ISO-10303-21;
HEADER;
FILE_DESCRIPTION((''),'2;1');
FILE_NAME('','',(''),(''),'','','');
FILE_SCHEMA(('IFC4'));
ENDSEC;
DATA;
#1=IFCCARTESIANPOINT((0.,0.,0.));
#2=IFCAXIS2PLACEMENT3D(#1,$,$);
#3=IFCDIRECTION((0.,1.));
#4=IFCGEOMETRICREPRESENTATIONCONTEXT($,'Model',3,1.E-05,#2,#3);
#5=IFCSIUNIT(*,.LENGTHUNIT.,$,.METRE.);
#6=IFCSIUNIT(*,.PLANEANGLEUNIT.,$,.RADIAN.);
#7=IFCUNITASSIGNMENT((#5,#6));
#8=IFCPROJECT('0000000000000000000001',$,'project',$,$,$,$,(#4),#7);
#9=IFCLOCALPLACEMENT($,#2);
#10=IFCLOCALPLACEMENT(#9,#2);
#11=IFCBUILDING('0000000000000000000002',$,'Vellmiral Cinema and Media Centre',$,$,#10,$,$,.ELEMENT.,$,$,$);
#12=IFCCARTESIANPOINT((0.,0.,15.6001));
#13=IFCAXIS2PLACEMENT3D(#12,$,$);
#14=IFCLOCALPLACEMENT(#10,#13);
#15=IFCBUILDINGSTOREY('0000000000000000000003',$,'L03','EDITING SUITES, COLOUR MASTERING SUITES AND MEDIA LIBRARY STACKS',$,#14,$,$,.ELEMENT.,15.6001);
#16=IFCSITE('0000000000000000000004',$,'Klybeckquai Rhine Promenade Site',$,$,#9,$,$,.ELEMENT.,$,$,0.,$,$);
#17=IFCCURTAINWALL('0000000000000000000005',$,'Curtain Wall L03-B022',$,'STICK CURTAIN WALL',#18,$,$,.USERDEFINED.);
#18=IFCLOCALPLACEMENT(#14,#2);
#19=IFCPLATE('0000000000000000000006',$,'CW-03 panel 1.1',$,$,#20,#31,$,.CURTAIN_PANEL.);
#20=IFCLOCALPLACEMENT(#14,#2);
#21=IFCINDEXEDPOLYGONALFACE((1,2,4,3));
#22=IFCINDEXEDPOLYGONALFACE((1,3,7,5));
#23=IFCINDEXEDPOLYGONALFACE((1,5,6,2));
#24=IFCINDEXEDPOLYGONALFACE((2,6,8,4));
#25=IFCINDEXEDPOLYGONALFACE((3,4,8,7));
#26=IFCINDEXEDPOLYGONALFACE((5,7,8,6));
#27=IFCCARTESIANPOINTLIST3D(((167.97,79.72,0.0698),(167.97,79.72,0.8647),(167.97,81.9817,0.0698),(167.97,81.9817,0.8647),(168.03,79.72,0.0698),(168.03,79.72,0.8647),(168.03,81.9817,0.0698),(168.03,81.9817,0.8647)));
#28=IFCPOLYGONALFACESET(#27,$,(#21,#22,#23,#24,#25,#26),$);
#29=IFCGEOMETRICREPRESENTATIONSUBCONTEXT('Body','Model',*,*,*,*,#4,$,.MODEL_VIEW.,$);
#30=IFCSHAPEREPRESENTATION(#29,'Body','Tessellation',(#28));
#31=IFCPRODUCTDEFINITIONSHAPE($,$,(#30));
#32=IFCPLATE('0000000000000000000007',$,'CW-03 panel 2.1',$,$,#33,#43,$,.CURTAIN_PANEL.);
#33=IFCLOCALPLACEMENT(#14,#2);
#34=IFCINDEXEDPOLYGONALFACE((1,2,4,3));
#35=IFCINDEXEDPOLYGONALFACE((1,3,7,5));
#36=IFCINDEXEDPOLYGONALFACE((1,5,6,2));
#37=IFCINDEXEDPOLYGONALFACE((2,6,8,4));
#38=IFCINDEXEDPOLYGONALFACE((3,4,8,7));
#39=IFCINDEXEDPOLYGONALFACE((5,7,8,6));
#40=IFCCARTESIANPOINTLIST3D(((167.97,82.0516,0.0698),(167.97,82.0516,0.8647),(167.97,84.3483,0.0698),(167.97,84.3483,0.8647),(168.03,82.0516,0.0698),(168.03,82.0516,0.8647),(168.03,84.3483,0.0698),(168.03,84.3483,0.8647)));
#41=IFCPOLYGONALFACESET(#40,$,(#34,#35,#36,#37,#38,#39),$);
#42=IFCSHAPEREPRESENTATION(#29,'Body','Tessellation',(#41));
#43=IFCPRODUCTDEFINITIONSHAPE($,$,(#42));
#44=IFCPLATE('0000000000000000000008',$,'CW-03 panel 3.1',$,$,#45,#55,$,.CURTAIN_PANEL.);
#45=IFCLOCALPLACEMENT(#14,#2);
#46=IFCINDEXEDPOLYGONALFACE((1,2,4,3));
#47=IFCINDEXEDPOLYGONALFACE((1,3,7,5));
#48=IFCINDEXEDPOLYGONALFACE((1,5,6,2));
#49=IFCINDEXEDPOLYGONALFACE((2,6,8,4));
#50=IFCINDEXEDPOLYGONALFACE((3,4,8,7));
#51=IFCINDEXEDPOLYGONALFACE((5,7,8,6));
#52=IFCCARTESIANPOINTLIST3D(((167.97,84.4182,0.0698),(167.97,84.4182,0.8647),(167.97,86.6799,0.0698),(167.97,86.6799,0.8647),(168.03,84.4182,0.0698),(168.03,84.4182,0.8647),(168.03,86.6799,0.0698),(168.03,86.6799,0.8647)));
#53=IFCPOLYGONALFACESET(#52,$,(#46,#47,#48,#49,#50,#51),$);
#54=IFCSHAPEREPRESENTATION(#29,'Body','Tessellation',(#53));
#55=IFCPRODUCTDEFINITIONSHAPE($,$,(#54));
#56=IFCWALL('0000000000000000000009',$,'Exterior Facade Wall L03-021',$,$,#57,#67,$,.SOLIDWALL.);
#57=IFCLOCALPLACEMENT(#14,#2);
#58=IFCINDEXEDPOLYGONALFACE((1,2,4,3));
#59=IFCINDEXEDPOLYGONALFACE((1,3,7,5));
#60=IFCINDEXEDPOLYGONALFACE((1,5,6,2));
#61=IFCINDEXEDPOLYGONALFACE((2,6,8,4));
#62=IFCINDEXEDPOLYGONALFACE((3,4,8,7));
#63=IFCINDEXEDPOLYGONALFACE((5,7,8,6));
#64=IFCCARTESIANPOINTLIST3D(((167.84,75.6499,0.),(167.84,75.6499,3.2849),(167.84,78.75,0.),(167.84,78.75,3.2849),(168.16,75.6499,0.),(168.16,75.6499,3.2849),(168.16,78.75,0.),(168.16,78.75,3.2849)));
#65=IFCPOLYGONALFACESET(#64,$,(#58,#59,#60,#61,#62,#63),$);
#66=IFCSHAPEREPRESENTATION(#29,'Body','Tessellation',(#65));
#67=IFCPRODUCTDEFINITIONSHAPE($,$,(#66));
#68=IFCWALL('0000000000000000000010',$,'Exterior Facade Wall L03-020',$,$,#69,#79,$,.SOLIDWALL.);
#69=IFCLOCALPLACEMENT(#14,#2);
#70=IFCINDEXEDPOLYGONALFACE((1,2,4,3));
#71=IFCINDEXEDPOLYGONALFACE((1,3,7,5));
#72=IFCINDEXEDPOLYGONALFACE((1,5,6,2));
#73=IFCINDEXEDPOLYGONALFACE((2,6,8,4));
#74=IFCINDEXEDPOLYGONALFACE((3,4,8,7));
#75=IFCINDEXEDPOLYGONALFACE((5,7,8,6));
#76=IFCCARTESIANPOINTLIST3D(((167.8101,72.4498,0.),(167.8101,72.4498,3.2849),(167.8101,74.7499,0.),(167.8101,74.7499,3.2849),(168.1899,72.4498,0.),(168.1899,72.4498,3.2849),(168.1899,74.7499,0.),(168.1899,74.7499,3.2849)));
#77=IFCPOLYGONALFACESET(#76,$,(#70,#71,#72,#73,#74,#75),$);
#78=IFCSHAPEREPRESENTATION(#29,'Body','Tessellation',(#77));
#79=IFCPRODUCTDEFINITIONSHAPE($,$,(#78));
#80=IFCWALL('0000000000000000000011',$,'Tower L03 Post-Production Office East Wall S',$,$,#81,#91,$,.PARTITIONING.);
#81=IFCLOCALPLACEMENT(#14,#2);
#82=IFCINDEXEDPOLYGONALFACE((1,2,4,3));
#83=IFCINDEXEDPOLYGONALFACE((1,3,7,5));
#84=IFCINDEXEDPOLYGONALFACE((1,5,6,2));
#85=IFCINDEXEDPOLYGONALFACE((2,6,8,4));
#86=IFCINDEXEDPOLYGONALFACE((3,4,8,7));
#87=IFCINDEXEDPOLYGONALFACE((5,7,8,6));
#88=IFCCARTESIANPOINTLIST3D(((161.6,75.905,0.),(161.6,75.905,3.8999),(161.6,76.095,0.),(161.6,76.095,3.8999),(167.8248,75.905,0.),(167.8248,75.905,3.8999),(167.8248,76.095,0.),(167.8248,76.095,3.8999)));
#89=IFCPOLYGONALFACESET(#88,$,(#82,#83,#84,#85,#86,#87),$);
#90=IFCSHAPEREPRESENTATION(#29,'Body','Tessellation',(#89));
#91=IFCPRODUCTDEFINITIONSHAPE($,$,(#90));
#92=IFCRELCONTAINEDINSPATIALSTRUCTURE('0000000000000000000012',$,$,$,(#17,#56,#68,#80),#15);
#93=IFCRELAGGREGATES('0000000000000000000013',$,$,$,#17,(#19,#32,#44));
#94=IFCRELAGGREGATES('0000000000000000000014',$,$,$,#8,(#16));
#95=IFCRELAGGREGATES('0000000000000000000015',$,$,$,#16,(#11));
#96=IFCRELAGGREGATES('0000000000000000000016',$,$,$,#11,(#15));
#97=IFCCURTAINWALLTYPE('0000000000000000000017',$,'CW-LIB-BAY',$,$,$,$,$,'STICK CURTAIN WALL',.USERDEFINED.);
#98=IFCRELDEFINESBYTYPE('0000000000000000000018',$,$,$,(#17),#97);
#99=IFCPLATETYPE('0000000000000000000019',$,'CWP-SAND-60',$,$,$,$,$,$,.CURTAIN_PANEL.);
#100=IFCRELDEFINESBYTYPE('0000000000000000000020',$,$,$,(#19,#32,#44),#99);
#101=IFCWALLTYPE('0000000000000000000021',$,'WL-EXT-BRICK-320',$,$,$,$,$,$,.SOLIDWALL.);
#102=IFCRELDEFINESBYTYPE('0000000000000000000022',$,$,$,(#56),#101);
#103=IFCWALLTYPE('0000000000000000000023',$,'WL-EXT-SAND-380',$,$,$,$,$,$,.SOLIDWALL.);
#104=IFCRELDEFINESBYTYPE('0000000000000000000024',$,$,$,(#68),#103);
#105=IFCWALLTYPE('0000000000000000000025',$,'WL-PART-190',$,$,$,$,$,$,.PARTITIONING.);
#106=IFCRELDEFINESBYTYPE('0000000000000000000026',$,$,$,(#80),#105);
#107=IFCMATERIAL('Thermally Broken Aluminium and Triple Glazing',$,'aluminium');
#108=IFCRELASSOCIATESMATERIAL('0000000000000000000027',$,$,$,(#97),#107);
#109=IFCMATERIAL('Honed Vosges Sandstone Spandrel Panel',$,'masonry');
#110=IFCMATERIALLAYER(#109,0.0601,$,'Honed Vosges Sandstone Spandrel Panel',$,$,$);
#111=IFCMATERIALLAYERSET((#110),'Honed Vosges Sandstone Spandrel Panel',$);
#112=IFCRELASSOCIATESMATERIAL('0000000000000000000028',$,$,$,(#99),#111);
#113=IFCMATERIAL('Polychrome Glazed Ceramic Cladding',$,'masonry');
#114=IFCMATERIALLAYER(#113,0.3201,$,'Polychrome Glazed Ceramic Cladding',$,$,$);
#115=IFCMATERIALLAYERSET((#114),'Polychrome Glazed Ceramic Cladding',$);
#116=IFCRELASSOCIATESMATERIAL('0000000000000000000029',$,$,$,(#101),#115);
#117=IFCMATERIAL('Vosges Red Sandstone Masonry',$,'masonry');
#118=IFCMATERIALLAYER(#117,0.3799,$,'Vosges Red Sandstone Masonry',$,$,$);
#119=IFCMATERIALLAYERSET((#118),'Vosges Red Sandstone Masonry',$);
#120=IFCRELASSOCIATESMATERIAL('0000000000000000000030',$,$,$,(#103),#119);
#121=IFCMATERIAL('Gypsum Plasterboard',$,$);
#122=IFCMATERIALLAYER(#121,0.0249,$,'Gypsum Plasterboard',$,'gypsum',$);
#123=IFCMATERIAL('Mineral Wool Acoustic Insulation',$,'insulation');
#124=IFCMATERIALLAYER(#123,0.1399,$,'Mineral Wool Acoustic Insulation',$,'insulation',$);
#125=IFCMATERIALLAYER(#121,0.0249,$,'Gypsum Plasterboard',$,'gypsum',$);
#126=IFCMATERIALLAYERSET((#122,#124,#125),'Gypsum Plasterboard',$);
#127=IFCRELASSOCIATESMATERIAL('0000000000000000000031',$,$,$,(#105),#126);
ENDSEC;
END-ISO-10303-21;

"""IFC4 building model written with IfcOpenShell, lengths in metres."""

from ifc_helpers import new_model, si_unit, direction, frame, frame_2d, origin, origin_2d, place, context, subcontext, project, spatial, rectangle, extrude, material, layer, layer_set, type_object, element, aggregate, save


model = new_model("IFC4")

# Units and contexts
model_context = context("Model", 3, precision=1e-05, world=origin(), true_north=direction((0.0, 1.0)))
body_context = subcontext(model_context, "Body", "Model", "MODEL_VIEW")
ifc_project = project(units=[si_unit("LENGTHUNIT", "METRE"), si_unit("PLANEANGLEUNIT", "RADIAN")], contexts=[model_context])

# Site, building, storey
site_placement = place(None, origin())
site = spatial("IfcSite", under=ifc_project, at=site_placement, Name="Klybeckquai Rhine Promenade Site", CompositionType="ELEMENT", RefElevation=0.0)
building_placement = place(site_placement, origin())
building = spatial("IfcBuilding", under=site, at=building_placement, Name="Vellmiral Cinema and Media Centre", CompositionType="ELEMENT")
storey_placement = place(building_placement, frame((0.0, 0.0, 15.6001)))
storey = spatial("IfcBuildingStorey", under=building, at=storey_placement, Name="L03", Description="EDITING SUITES, COLOUR MASTERING SUITES AND MEDIA LIBRARY STACKS", CompositionType="ELEMENT", Elevation=15.6001)

# Curtain wall
ifc_material_1 = material(Name="Thermally Broken Aluminium and Triple Glazing", Category="aluminium")
curtain_wall_type = type_object("IfcCurtainWallType", Name="CW-LIB-BAY", ElementType="STICK CURTAIN WALL", PredefinedType="USERDEFINED", material=ifc_material_1)
curtain_wall_placement = place(storey_placement, origin())
curtain_wall = element("IfcCurtainWall", 1, at=curtain_wall_placement, inside=storey, type_object=curtain_wall_type, Name="Curtain Wall L03-B022", ObjectType="STICK CURTAIN WALL", PredefinedType="USERDEFINED")

# Plates
ifc_material_2 = material(Name="Honed Vosges Sandstone Spandrel Panel", Category="masonry")
ifc_layer_1 = layer(ifc_material_2, 0.0601, Name="Honed Vosges Sandstone Spandrel Panel")
ifc_layer_set_1 = layer_set([ifc_layer_1], Name="Honed Vosges Sandstone Spandrel Panel")
plate_type_1 = type_object("IfcPlateType", Name="CWP-SAND-60", PredefinedType="CURTAIN_PANEL", material=ifc_layer_set_1)
plate_1_placement = place(storey_placement, frame((168.0, 80.8508, 0.0698), z_axis=(0.0, 0.0, 1.0), x_axis=(0.0, 1.0, 0.0)))
plate_1 = element("IfcPlate", 2, at=plate_1_placement, type_object=plate_type_1, Name="CW-03 panel 1.1", PredefinedType="CURTAIN_PANEL", context=body_context, shape_type="SweptSolid", body=[
    extrude(rectangle(XDim=2.2617, YDim=0.0601, at=origin_2d()), origin(), (0.0, 0.0, 1.0), 0.7949),
])
plate_2_placement = place(storey_placement, frame((168.0, 83.2, 0.0698), z_axis=(0.0, 0.0, 1.0), x_axis=(0.0, 1.0, 0.0)))
plate_2 = element("IfcPlate", 3, at=plate_2_placement, type_object=plate_type_1, Name="CW-03 panel 2.1", PredefinedType="CURTAIN_PANEL", context=body_context, shape_type="SweptSolid", body=[
    extrude(rectangle(XDim=2.2966, YDim=0.0601, at=origin_2d()), origin(), (0.0, 0.0, 1.0), 0.7949),
])
plate_3_placement = place(storey_placement, frame((168.0, 85.5491, 0.0698), z_axis=(0.0, 0.0, 1.0), x_axis=(0.0, 1.0, 0.0)))
plate_3 = element("IfcPlate", 4, at=plate_3_placement, type_object=plate_type_1, Name="CW-03 panel 3.1", PredefinedType="CURTAIN_PANEL", context=body_context, shape_type="SweptSolid", body=[
    extrude(rectangle(XDim=2.2617, YDim=0.0601, at=origin_2d()), origin(), (0.0, 0.0, 1.0), 0.7949),
])
aggregate(curtain_wall, [plate_1, plate_2, plate_3])

# Walls
ifc_material_3 = material(Name="Polychrome Glazed Ceramic Cladding", Category="masonry")
ifc_layer_2 = layer(ifc_material_3, 0.3201, Name="Polychrome Glazed Ceramic Cladding")
ifc_layer_set_2 = layer_set([ifc_layer_2], Name="Polychrome Glazed Ceramic Cladding")
wall_type_1 = type_object("IfcWallType", Name="WL-EXT-BRICK-320", PredefinedType="SOLIDWALL", material=ifc_layer_set_2)
wall_1_placement = place(storey_placement, frame((168.0, 75.6499, 0.0), z_axis=(0.0, 0.0, 1.0), x_axis=(0.0, 1.0, 0.0)))
element("IfcWall", 5, at=wall_1_placement, inside=storey, type_object=wall_type_1, Name="Exterior Facade Wall L03-021", PredefinedType="SOLIDWALL", context=body_context, shape_type="SweptSolid", body=[
    extrude(rectangle(XDim=3.1001, YDim=0.3201, at=frame_2d((1.55, 0.0))), origin(), (0.0, 0.0, 1.0), 3.2849),
])
ifc_material_4 = material(Name="Vosges Red Sandstone Masonry", Category="masonry")
ifc_layer_3 = layer(ifc_material_4, 0.3799, Name="Vosges Red Sandstone Masonry")
ifc_layer_set_3 = layer_set([ifc_layer_3], Name="Vosges Red Sandstone Masonry")
wall_type_2 = type_object("IfcWallType", Name="WL-EXT-SAND-380", PredefinedType="SOLIDWALL", material=ifc_layer_set_3)
wall_2_placement = place(storey_placement, frame((168.0, 72.45, 0.0), z_axis=(0.0, 0.0, 1.0), x_axis=(0.0, 1.0, 0.0)))
element("IfcWall", 6, at=wall_2_placement, inside=storey, type_object=wall_type_2, Name="Exterior Facade Wall L03-020", PredefinedType="SOLIDWALL", context=body_context, shape_type="SweptSolid", body=[
    extrude(rectangle(XDim=2.3, YDim=0.3799, at=frame_2d((1.1499, 0.0))), origin(), (0.0, 0.0, 1.0), 3.2849),
])
ifc_material_5 = material(Name="Gypsum Plasterboard")
ifc_layer_4 = layer(ifc_material_5, 0.0249, Name="Gypsum Plasterboard", Category="gypsum")
ifc_material_6 = material(Name="Mineral Wool Acoustic Insulation", Category="insulation")
ifc_layer_5 = layer(ifc_material_6, 0.1399, Name="Mineral Wool Acoustic Insulation", Category="insulation")
ifc_layer_6 = layer(ifc_material_5, 0.0249, Name="Gypsum Plasterboard", Category="gypsum")
ifc_layer_set_4 = layer_set([ifc_layer_4, ifc_layer_5, ifc_layer_6], Name="Gypsum Plasterboard")
wall_type_3 = type_object("IfcWallType", Name="WL-PART-190", PredefinedType="PARTITIONING", material=ifc_layer_set_4)
wall_3_placement = place(storey_placement, frame((161.6001, 76.0, 0.0), z_axis=(0.0, 0.0, 1.0), x_axis=(1.0, 0.0, 0.0)))
element("IfcWall", 7, at=wall_3_placement, inside=storey, type_object=wall_type_3, Name="Tower L03 Post-Production Office East Wall S", PredefinedType="PARTITIONING", context=body_context, shape_type="SweptSolid", body=[
    extrude(rectangle(XDim=6.2249, YDim=0.1899, at=frame_2d((3.1123, 0.0))), origin(), (0.0, 0.0, 1.0), 3.8999),
])

save(model, "model.ifc")
